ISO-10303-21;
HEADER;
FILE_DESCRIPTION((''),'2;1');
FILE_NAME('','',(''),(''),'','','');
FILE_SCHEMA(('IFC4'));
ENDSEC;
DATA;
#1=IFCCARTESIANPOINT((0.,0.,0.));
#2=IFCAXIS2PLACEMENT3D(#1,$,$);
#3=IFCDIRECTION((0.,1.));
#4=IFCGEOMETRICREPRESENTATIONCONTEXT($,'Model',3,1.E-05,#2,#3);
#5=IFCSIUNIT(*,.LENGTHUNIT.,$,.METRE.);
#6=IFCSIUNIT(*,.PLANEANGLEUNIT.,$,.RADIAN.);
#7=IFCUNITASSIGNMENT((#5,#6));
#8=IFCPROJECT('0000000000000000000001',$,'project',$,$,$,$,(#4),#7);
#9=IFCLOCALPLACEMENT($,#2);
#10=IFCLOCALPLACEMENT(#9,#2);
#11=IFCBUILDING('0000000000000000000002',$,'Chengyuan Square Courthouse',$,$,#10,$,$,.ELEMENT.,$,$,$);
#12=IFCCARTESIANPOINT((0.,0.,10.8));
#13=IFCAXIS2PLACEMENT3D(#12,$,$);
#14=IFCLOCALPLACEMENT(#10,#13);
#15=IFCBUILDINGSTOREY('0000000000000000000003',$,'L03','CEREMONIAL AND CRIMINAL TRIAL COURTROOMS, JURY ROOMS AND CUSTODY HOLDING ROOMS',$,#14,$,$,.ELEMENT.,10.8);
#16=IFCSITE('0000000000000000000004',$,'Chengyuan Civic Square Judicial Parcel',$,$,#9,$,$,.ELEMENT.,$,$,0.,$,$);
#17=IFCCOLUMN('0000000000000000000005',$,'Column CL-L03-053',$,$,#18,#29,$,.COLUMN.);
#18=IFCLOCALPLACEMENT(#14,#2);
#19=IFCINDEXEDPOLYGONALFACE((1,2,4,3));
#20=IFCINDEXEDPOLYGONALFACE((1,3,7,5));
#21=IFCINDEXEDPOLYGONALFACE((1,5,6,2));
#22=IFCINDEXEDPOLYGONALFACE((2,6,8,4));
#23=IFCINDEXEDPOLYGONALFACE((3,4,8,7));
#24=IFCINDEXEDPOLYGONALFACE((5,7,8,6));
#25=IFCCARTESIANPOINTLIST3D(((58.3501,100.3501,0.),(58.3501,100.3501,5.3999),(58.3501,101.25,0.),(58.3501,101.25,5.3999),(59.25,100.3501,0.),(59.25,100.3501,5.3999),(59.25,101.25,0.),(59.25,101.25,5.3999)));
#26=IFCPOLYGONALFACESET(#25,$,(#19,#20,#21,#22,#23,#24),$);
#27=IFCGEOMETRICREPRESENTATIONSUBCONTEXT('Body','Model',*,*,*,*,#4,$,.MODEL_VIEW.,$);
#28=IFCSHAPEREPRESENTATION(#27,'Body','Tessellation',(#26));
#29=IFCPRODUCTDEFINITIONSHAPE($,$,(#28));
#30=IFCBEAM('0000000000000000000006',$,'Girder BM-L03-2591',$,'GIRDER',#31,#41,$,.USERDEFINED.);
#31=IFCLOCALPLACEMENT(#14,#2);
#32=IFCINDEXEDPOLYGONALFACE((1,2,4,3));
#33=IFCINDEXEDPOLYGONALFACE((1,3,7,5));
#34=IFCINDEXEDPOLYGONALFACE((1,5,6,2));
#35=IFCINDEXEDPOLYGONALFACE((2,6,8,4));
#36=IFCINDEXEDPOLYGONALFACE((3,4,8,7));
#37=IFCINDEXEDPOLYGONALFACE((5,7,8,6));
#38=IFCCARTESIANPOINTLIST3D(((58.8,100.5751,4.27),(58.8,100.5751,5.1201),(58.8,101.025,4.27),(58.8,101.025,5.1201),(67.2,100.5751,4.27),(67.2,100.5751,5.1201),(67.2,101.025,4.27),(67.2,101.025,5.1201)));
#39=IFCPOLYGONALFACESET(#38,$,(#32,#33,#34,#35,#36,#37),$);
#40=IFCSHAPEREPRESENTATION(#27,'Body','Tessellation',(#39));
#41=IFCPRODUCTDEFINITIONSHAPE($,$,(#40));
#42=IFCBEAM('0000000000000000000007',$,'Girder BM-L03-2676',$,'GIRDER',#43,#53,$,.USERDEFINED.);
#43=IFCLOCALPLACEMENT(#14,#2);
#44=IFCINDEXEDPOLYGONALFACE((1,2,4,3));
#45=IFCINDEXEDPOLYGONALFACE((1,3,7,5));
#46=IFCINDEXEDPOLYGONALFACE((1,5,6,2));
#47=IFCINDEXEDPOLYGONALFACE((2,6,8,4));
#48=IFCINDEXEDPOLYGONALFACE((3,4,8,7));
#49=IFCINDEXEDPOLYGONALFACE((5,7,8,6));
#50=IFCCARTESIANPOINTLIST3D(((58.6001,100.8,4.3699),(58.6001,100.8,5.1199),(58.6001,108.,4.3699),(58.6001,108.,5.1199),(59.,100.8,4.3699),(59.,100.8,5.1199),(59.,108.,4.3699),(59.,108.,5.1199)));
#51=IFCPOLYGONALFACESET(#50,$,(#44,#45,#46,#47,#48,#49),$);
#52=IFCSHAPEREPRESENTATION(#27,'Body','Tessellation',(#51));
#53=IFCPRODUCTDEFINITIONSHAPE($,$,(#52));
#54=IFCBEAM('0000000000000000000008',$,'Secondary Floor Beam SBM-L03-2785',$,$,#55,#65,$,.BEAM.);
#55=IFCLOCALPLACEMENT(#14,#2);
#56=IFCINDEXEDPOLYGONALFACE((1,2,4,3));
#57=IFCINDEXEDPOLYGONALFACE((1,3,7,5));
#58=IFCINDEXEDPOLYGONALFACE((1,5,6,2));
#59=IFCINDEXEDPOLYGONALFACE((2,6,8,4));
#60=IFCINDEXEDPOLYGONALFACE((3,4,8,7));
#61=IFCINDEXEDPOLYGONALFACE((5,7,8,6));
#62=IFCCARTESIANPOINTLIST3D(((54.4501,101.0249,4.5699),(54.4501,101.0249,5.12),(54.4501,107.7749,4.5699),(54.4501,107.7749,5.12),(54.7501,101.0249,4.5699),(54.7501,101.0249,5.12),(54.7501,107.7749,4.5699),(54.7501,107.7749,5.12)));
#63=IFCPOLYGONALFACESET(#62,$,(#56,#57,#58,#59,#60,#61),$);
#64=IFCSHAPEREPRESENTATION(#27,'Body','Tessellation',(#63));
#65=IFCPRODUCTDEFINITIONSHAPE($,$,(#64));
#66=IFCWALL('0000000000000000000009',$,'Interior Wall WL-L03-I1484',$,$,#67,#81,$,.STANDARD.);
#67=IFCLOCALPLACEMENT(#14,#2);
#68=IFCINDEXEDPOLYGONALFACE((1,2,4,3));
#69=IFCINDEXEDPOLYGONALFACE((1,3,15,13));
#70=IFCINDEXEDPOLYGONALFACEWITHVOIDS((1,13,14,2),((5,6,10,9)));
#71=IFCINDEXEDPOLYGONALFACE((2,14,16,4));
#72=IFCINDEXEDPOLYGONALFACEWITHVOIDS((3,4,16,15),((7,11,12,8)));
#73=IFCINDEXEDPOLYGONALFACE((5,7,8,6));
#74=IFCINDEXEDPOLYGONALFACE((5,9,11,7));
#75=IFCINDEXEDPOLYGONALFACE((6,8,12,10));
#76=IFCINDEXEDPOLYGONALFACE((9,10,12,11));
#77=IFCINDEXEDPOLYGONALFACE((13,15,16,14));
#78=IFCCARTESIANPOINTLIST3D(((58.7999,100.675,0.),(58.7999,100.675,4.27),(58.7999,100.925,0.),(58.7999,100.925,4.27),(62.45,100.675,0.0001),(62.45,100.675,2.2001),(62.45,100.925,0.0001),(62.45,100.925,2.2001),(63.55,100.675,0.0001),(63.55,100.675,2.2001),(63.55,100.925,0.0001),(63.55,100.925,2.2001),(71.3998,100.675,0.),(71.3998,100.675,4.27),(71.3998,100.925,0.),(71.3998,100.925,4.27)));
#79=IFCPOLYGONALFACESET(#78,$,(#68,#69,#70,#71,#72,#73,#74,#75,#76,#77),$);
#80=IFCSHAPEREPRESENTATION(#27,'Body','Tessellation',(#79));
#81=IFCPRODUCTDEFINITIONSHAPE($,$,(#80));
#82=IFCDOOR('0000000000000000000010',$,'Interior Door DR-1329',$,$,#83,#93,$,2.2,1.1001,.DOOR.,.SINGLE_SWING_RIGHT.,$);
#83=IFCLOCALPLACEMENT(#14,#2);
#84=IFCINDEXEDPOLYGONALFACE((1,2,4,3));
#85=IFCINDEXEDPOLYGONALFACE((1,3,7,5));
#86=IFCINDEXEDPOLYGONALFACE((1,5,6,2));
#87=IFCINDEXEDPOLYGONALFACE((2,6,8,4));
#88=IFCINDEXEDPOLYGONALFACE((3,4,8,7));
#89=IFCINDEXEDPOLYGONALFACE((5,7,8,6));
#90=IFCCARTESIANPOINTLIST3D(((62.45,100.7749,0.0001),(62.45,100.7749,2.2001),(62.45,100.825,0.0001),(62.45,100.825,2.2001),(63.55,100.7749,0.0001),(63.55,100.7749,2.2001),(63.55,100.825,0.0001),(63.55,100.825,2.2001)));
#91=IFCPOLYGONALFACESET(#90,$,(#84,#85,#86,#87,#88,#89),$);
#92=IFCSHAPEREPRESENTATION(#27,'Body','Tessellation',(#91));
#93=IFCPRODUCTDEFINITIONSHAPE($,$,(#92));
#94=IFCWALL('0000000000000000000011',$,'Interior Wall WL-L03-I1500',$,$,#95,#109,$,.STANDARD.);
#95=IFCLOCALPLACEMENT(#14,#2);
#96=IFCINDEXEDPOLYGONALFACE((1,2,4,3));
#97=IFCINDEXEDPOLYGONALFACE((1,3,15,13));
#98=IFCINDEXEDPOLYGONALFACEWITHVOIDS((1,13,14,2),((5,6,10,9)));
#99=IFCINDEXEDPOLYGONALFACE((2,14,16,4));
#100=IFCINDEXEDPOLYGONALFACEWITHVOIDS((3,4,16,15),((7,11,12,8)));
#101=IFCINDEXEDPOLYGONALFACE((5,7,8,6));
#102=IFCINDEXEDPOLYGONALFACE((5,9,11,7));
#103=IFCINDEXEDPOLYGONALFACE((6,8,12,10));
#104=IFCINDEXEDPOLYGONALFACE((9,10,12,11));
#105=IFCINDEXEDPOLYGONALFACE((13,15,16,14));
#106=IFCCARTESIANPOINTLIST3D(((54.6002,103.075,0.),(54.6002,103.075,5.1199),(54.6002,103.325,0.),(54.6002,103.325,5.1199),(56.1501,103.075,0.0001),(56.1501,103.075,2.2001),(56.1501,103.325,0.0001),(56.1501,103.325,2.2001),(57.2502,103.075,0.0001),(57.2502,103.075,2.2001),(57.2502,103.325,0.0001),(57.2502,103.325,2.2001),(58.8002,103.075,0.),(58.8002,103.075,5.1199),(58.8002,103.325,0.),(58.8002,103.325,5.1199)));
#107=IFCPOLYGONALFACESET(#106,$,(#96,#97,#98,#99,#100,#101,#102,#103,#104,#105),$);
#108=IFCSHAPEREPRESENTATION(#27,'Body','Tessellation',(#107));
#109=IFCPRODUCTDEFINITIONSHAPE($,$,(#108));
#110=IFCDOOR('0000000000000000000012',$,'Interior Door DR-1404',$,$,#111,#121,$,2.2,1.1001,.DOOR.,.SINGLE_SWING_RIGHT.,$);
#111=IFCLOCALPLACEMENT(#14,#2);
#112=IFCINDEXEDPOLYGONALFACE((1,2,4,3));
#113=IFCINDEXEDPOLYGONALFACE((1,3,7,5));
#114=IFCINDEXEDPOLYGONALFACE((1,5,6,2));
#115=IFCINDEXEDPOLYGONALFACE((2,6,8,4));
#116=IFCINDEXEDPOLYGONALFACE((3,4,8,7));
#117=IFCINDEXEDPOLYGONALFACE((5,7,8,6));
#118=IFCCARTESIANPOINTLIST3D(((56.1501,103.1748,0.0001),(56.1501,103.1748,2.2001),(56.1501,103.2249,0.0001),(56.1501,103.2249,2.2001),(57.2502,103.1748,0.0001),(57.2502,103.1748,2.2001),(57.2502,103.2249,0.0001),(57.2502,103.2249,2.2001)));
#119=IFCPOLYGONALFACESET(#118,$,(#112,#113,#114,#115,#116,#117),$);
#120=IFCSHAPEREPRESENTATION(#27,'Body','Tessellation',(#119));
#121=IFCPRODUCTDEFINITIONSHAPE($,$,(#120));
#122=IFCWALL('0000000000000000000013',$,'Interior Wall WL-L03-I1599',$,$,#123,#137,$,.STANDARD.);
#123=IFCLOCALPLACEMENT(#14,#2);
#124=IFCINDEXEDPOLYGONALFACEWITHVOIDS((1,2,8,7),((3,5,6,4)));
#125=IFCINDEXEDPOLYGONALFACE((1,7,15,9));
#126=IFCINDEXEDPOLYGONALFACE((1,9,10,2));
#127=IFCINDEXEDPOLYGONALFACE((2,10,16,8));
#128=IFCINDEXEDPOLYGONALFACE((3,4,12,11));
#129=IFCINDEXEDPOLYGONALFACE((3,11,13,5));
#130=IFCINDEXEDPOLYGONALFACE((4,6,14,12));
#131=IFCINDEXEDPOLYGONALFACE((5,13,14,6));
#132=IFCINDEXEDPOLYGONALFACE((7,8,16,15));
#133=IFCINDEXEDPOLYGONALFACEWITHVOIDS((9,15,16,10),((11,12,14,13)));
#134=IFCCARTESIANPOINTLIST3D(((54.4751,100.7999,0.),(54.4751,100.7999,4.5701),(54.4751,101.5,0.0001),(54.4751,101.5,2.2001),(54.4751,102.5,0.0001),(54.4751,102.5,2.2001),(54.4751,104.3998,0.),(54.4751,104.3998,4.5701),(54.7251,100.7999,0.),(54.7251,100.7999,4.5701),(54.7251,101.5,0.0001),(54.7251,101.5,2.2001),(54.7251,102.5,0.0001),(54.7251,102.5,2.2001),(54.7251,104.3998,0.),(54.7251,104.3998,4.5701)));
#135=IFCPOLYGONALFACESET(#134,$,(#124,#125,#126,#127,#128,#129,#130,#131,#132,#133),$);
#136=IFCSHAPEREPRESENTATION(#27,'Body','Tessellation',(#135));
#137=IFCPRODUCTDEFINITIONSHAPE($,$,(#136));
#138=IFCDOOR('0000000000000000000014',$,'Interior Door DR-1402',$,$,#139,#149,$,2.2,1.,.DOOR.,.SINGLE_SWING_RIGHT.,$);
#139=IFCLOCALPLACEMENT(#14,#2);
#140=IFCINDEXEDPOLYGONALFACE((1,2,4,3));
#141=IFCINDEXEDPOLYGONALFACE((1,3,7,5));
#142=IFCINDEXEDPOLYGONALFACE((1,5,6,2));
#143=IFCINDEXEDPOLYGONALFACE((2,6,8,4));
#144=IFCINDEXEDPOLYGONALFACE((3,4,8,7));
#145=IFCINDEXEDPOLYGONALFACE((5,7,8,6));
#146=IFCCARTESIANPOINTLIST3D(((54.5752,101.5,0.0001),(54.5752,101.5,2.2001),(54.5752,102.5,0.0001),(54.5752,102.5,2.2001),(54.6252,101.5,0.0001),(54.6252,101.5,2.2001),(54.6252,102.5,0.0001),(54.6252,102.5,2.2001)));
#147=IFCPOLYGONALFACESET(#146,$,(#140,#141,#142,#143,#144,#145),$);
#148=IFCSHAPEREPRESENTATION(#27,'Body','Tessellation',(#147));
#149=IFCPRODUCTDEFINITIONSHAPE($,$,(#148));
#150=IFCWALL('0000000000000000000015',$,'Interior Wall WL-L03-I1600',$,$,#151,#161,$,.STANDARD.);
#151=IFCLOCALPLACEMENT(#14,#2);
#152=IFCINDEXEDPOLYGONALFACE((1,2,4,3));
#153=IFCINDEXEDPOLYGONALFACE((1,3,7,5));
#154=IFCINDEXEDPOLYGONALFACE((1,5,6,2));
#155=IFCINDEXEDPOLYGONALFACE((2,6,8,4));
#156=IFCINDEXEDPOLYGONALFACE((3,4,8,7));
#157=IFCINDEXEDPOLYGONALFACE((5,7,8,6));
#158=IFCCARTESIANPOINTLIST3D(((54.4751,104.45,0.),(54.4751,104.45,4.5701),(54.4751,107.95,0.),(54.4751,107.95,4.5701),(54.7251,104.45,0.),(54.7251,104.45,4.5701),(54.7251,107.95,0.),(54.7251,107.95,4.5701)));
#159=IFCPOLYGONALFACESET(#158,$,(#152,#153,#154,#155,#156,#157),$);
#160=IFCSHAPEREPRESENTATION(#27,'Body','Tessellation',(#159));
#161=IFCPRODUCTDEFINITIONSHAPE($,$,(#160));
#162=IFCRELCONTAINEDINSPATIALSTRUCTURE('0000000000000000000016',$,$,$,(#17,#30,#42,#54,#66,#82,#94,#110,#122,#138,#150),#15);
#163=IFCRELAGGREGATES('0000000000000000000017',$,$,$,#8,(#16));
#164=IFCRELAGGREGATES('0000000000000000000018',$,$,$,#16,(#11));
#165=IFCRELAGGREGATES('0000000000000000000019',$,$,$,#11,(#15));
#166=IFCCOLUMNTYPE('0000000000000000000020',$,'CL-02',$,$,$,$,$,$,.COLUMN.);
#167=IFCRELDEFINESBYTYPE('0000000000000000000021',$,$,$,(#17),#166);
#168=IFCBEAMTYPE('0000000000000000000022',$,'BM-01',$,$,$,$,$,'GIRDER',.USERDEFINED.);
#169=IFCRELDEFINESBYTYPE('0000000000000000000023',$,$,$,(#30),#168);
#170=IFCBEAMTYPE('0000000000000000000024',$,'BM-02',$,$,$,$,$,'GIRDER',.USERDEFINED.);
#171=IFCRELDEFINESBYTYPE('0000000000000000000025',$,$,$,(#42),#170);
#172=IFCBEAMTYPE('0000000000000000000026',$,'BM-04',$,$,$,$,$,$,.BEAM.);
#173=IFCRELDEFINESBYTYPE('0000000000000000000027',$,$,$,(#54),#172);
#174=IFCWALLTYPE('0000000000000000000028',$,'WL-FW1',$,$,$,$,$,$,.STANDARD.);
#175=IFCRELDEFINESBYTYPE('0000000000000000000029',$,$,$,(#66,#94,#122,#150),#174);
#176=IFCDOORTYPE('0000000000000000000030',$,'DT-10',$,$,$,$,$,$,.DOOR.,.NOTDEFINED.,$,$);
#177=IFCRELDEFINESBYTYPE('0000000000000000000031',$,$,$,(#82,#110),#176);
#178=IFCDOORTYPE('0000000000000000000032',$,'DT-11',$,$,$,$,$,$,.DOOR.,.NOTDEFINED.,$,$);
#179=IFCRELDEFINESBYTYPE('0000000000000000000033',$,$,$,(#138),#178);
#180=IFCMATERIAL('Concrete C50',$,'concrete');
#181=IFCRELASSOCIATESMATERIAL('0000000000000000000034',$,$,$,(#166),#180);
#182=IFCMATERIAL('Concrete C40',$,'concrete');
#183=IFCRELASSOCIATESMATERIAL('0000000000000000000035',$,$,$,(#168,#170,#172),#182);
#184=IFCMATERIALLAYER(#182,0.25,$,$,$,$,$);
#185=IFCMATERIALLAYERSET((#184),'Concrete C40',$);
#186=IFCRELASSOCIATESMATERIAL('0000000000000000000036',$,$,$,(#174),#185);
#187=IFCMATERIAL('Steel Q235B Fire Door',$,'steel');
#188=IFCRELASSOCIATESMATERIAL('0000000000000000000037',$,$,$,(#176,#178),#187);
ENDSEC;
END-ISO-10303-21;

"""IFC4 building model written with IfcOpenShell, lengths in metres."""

from ifc_helpers import new_model, si_unit, direction, frame, frame_2d, origin, origin_2d, place, context, subcontext, project, spatial, rectangle, extrude, material, layer, layer_set, material_profile, profile_set, type_object, element, fill, save


model = new_model("IFC4")

# Units and contexts
model_context = context("Model", 3, precision=1e-05, world=origin(), true_north=direction((0.0, 1.0)))
body_context = subcontext(model_context, "Body", "Model", "MODEL_VIEW")
ifc_project = project(units=[si_unit("LENGTHUNIT", "METRE"), si_unit("PLANEANGLEUNIT", "RADIAN")], contexts=[model_context])

# Site, building, storey
site_placement = place(None, origin())
site = spatial("IfcSite", under=ifc_project, at=site_placement, Name="Chengyuan Civic Square Judicial Parcel", CompositionType="ELEMENT", RefElevation=0.0)
building_placement = place(site_placement, origin())
building = spatial("IfcBuilding", under=site, at=building_placement, Name="Chengyuan Square Courthouse", CompositionType="ELEMENT")
storey_placement = place(building_placement, frame((0.0, 0.0, 10.8)))
storey = spatial("IfcBuildingStorey", under=building, at=storey_placement, Name="L03", Description="CEREMONIAL AND CRIMINAL TRIAL COURTROOMS, JURY ROOMS AND CUSTODY HOLDING ROOMS", CompositionType="ELEMENT", Elevation=10.8)

# Column
ifc_material_1 = material(Name="Concrete C50", Category="concrete")
ifc_material_profile_1 = material_profile(ifc_material_1, rectangle(XDim=0.8999, YDim=0.8999, at=origin_2d()), Name="RC-COL-900x900")
ifc_profile_set_1 = profile_set([ifc_material_profile_1], Name="Concrete C50")
column_type = type_object("IfcColumnType", Name="CL-02", PredefinedType="COLUMN", material=ifc_profile_set_1)
column_placement = place(storey_placement, frame((58.8, 100.8, 0.0), z_axis=(0.0, 0.0, 1.0), x_axis=(1.0, 0.0, 0.0)))
element("IfcColumn", 1, at=column_placement, inside=storey, type_object=column_type, Name="Column CL-L03-053", PredefinedType="COLUMN", context=body_context, shape_type="SweptSolid", body=[
    extrude(rectangle(XDim=0.8999, YDim=0.8999, at=origin_2d()), origin(), (0.0, 0.0, 1.0), 5.3999),
])

# Beams
ifc_material_2 = material(Name="Concrete C40", Category="concrete")
ifc_material_profile_2 = material_profile(ifc_material_2, rectangle(XDim=0.45, YDim=0.8501, at=origin_2d()), Name="RC-BM-450x850")
ifc_profile_set_2 = profile_set([ifc_material_profile_2], Name="Concrete C40")
beam_type_1 = type_object("IfcBeamType", Name="BM-01", ElementType="GIRDER", PredefinedType="USERDEFINED", material=ifc_profile_set_2)
beam_1_placement = place(storey_placement, frame((58.8, 100.8, 4.6951), z_axis=(1.0, 0.0, 0.0), x_axis=(0.0, 1.0, 0.0)))
element("IfcBeam", 2, at=beam_1_placement, inside=storey, type_object=beam_type_1, Name="Girder BM-L03-2591", ObjectType="GIRDER", PredefinedType="USERDEFINED", context=body_context, shape_type="SweptSolid", body=[
    extrude(rectangle(XDim=0.45, YDim=0.8501, at=origin_2d()), origin(), (0.0, 0.0, 1.0), 8.3999),
])
ifc_material_profile_3 = material_profile(ifc_material_2, rectangle(XDim=0.3999, YDim=0.75, at=origin_2d()), Name="RC-BM-400x750")
ifc_profile_set_3 = profile_set([ifc_material_profile_3], Name="Concrete C40")
beam_type_2 = type_object("IfcBeamType", Name="BM-02", ElementType="GIRDER", PredefinedType="USERDEFINED", material=ifc_profile_set_3)
beam_2_placement = place(storey_placement, frame((58.8, 100.8, 4.7449), z_axis=(0.0, 1.0, 0.0), x_axis=(-1.0, 0.0, 0.0)))
element("IfcBeam", 3, at=beam_2_placement, inside=storey, type_object=beam_type_2, Name="Girder BM-L03-2676", ObjectType="GIRDER", PredefinedType="USERDEFINED", context=body_context, shape_type="SweptSolid", body=[
    extrude(rectangle(XDim=0.3999, YDim=0.75, at=origin_2d()), origin(), (0.0, 0.0, 1.0), 7.2),
])
ifc_material_profile_4 = material_profile(ifc_material_2, rectangle(XDim=0.3, YDim=0.55, at=origin_2d()), Name="RC-BM-300x550")
ifc_profile_set_4 = profile_set([ifc_material_profile_4], Name="Concrete C40")
beam_type_3 = type_object("IfcBeamType", Name="BM-04", PredefinedType="BEAM", material=ifc_profile_set_4)
beam_3_placement = place(storey_placement, frame((54.6001, 101.0249, 4.845), z_axis=(0.0, 1.0, 0.0), x_axis=(-1.0, 0.0, 0.0)))
element("IfcBeam", 4, at=beam_3_placement, inside=storey, type_object=beam_type_3, Name="Secondary Floor Beam SBM-L03-2785", PredefinedType="BEAM", context=body_context, shape_type="SweptSolid", body=[
    extrude(rectangle(XDim=0.3, YDim=0.55, at=origin_2d()), origin(), (0.0, 0.0, 1.0), 6.75),
])

# Walls, openings, doors
ifc_layer_1 = layer(ifc_material_2, 0.25)
ifc_layer_set_1 = layer_set([ifc_layer_1], Name="Concrete C40")
wall_type_1 = type_object("IfcWallType", Name="WL-FW1", PredefinedType="STANDARD", material=ifc_layer_set_1)
wall_1_placement = place(storey_placement, frame((58.8, 100.8, 0.0), z_axis=(0.0, 0.0, 1.0), x_axis=(1.0, 0.0, 0.0)))
wall_1 = element("IfcWall", 5, at=wall_1_placement, inside=storey, type_object=wall_type_1, Name="Interior Wall WL-L03-I1484", PredefinedType="STANDARD", context=body_context, shape_type="SweptSolid", body=[
    extrude(rectangle(XDim=12.5999, YDim=0.25, at=frame_2d((6.2998, 0.0))), origin(), (0.0, 0.0, 1.0), 4.27),
])
opening_1_placement = place(wall_1_placement, frame((3.6499, 0.0, 0.0)))
opening_1 = element("IfcOpeningElement", 6, at=opening_1_placement, cuts=wall_1, PredefinedType="OPENING", context=body_context, shape_type="SweptSolid", body=[
    extrude(rectangle(XDim=1.1001, YDim=2.2, at=frame_2d((0.55, 1.1001))), frame((0.0, 0.137, 0.0), z_axis=(0.0, -1.0, 0.0), x_axis=(1.0, 0.0, 0.0)), (0.0, 0.0, 1.0), 0.2739),
])
ifc_material_3 = material(Name="Steel Q235B Fire Door", Category="steel")
door_type_1 = type_object("IfcDoorType", Name="DT-10", OperationType="NOTDEFINED", PredefinedType="DOOR", material=ifc_material_3)
door_1_placement = place(opening_1_placement, origin())
door_1 = element("IfcDoor", 7, at=door_1_placement, inside=storey, type_object=door_type_1, Name="Interior Door DR-1329", OperationType="SINGLE_SWING_RIGHT", OverallHeight=2.2, OverallWidth=1.1001, PredefinedType="DOOR", context=body_context, shape_type="SweptSolid", body=[
    extrude(rectangle(XDim=1.1001, YDim=2.2, at=frame_2d((0.55, 1.1001))), frame((0.0, 0.0249, 0.0), z_axis=(0.0, -1.0, 0.0), x_axis=(1.0, 0.0, 0.0)), (0.0, 0.0, 1.0), 0.05),
])
fill(opening_1, door_1)
wall_2_placement = place(storey_placement, frame((54.6001, 103.2, 0.0), z_axis=(0.0, 0.0, 1.0), x_axis=(1.0, 0.0, 0.0)))
wall_2 = element("IfcWall", 8, at=wall_2_placement, inside=storey, type_object=wall_type_1, Name="Interior Wall WL-L03-I1500", PredefinedType="STANDARD", context=body_context, shape_type="SweptSolid", body=[
    extrude(rectangle(XDim=4.2, YDim=0.25, at=frame_2d((2.1001, 0.0))), origin(), (0.0, 0.0, 1.0), 5.1199),
])
opening_2_placement = place(wall_2_placement, frame((1.55, 0.0, 0.0)))
opening_2 = element("IfcOpeningElement", 9, at=opening_2_placement, cuts=wall_2, PredefinedType="OPENING", context=body_context, shape_type="SweptSolid", body=[
    extrude(rectangle(XDim=1.1001, YDim=2.2, at=frame_2d((0.55, 1.1001))), frame((0.0, 0.137, 0.0), z_axis=(0.0, -1.0, 0.0), x_axis=(1.0, 0.0, 0.0)), (0.0, 0.0, 1.0), 0.2739),
])
door_2_placement = place(opening_2_placement, origin())
door_2 = element("IfcDoor", 10, at=door_2_placement, inside=storey, type_object=door_type_1, Name="Interior Door DR-1404", OperationType="SINGLE_SWING_RIGHT", OverallHeight=2.2, OverallWidth=1.1001, PredefinedType="DOOR", context=body_context, shape_type="SweptSolid", body=[
    extrude(rectangle(XDim=1.1001, YDim=2.2, at=frame_2d((0.55, 1.1001))), frame((0.0, 0.0249, 0.0), z_axis=(0.0, -1.0, 0.0), x_axis=(1.0, 0.0, 0.0)), (0.0, 0.0, 1.0), 0.05),
])
fill(opening_2, door_2)
wall_3_placement = place(storey_placement, frame((54.6001, 100.8, 0.0), z_axis=(0.0, 0.0, 1.0), x_axis=(0.0, 1.0, 0.0)))
wall_3 = element("IfcWall", 11, at=wall_3_placement, inside=storey, type_object=wall_type_1, Name="Interior Wall WL-L03-I1599", PredefinedType="STANDARD", context=body_context, shape_type="SweptSolid", body=[
    extrude(rectangle(XDim=3.5999, YDim=0.25, at=frame_2d((1.7998, 0.0))), origin(), (0.0, 0.0, 1.0), 4.5701),
])
opening_3_placement = place(wall_3_placement, frame((0.7, 0.0, 0.0)))
opening_3 = element("IfcOpeningElement", 12, at=opening_3_placement, cuts=wall_3, PredefinedType="OPENING", context=body_context, shape_type="SweptSolid", body=[
    extrude(rectangle(XDim=1.0, YDim=2.2, at=frame_2d((0.5, 1.1001))), frame((0.0, 0.137, 0.0), z_axis=(0.0, -1.0, 0.0), x_axis=(1.0, 0.0, 0.0)), (0.0, 0.0, 1.0), 0.2739),
])
door_type_2 = type_object("IfcDoorType", Name="DT-11", OperationType="NOTDEFINED", PredefinedType="DOOR", material=ifc_material_3)
door_3_placement = place(opening_3_placement, origin())
door_3 = element("IfcDoor", 13, at=door_3_placement, inside=storey, type_object=door_type_2, Name="Interior Door DR-1402", OperationType="SINGLE_SWING_RIGHT", OverallHeight=2.2, OverallWidth=1.0, PredefinedType="DOOR", context=body_context, shape_type="SweptSolid", body=[
    extrude(rectangle(XDim=1.0, YDim=2.2, at=frame_2d((0.5, 1.1001))), frame((0.0, 0.0249, 0.0), z_axis=(0.0, -1.0, 0.0), x_axis=(1.0, 0.0, 0.0)), (0.0, 0.0, 1.0), 0.05),
])
fill(opening_3, door_3)

# Wall
wall_4_placement = place(storey_placement, frame((54.6001, 104.45, 0.0), z_axis=(0.0, 0.0, 1.0), x_axis=(0.0, 1.0, 0.0)))
element("IfcWall", 14, at=wall_4_placement, inside=storey, type_object=wall_type_1, Name="Interior Wall WL-L03-I1600", PredefinedType="STANDARD", context=body_context, shape_type="SweptSolid", body=[
    extrude(rectangle(XDim=3.5, YDim=0.25, at=frame_2d((1.75, 0.0))), origin(), (0.0, 0.0, 1.0), 4.5701),
])

save(model, "model.ifc")
